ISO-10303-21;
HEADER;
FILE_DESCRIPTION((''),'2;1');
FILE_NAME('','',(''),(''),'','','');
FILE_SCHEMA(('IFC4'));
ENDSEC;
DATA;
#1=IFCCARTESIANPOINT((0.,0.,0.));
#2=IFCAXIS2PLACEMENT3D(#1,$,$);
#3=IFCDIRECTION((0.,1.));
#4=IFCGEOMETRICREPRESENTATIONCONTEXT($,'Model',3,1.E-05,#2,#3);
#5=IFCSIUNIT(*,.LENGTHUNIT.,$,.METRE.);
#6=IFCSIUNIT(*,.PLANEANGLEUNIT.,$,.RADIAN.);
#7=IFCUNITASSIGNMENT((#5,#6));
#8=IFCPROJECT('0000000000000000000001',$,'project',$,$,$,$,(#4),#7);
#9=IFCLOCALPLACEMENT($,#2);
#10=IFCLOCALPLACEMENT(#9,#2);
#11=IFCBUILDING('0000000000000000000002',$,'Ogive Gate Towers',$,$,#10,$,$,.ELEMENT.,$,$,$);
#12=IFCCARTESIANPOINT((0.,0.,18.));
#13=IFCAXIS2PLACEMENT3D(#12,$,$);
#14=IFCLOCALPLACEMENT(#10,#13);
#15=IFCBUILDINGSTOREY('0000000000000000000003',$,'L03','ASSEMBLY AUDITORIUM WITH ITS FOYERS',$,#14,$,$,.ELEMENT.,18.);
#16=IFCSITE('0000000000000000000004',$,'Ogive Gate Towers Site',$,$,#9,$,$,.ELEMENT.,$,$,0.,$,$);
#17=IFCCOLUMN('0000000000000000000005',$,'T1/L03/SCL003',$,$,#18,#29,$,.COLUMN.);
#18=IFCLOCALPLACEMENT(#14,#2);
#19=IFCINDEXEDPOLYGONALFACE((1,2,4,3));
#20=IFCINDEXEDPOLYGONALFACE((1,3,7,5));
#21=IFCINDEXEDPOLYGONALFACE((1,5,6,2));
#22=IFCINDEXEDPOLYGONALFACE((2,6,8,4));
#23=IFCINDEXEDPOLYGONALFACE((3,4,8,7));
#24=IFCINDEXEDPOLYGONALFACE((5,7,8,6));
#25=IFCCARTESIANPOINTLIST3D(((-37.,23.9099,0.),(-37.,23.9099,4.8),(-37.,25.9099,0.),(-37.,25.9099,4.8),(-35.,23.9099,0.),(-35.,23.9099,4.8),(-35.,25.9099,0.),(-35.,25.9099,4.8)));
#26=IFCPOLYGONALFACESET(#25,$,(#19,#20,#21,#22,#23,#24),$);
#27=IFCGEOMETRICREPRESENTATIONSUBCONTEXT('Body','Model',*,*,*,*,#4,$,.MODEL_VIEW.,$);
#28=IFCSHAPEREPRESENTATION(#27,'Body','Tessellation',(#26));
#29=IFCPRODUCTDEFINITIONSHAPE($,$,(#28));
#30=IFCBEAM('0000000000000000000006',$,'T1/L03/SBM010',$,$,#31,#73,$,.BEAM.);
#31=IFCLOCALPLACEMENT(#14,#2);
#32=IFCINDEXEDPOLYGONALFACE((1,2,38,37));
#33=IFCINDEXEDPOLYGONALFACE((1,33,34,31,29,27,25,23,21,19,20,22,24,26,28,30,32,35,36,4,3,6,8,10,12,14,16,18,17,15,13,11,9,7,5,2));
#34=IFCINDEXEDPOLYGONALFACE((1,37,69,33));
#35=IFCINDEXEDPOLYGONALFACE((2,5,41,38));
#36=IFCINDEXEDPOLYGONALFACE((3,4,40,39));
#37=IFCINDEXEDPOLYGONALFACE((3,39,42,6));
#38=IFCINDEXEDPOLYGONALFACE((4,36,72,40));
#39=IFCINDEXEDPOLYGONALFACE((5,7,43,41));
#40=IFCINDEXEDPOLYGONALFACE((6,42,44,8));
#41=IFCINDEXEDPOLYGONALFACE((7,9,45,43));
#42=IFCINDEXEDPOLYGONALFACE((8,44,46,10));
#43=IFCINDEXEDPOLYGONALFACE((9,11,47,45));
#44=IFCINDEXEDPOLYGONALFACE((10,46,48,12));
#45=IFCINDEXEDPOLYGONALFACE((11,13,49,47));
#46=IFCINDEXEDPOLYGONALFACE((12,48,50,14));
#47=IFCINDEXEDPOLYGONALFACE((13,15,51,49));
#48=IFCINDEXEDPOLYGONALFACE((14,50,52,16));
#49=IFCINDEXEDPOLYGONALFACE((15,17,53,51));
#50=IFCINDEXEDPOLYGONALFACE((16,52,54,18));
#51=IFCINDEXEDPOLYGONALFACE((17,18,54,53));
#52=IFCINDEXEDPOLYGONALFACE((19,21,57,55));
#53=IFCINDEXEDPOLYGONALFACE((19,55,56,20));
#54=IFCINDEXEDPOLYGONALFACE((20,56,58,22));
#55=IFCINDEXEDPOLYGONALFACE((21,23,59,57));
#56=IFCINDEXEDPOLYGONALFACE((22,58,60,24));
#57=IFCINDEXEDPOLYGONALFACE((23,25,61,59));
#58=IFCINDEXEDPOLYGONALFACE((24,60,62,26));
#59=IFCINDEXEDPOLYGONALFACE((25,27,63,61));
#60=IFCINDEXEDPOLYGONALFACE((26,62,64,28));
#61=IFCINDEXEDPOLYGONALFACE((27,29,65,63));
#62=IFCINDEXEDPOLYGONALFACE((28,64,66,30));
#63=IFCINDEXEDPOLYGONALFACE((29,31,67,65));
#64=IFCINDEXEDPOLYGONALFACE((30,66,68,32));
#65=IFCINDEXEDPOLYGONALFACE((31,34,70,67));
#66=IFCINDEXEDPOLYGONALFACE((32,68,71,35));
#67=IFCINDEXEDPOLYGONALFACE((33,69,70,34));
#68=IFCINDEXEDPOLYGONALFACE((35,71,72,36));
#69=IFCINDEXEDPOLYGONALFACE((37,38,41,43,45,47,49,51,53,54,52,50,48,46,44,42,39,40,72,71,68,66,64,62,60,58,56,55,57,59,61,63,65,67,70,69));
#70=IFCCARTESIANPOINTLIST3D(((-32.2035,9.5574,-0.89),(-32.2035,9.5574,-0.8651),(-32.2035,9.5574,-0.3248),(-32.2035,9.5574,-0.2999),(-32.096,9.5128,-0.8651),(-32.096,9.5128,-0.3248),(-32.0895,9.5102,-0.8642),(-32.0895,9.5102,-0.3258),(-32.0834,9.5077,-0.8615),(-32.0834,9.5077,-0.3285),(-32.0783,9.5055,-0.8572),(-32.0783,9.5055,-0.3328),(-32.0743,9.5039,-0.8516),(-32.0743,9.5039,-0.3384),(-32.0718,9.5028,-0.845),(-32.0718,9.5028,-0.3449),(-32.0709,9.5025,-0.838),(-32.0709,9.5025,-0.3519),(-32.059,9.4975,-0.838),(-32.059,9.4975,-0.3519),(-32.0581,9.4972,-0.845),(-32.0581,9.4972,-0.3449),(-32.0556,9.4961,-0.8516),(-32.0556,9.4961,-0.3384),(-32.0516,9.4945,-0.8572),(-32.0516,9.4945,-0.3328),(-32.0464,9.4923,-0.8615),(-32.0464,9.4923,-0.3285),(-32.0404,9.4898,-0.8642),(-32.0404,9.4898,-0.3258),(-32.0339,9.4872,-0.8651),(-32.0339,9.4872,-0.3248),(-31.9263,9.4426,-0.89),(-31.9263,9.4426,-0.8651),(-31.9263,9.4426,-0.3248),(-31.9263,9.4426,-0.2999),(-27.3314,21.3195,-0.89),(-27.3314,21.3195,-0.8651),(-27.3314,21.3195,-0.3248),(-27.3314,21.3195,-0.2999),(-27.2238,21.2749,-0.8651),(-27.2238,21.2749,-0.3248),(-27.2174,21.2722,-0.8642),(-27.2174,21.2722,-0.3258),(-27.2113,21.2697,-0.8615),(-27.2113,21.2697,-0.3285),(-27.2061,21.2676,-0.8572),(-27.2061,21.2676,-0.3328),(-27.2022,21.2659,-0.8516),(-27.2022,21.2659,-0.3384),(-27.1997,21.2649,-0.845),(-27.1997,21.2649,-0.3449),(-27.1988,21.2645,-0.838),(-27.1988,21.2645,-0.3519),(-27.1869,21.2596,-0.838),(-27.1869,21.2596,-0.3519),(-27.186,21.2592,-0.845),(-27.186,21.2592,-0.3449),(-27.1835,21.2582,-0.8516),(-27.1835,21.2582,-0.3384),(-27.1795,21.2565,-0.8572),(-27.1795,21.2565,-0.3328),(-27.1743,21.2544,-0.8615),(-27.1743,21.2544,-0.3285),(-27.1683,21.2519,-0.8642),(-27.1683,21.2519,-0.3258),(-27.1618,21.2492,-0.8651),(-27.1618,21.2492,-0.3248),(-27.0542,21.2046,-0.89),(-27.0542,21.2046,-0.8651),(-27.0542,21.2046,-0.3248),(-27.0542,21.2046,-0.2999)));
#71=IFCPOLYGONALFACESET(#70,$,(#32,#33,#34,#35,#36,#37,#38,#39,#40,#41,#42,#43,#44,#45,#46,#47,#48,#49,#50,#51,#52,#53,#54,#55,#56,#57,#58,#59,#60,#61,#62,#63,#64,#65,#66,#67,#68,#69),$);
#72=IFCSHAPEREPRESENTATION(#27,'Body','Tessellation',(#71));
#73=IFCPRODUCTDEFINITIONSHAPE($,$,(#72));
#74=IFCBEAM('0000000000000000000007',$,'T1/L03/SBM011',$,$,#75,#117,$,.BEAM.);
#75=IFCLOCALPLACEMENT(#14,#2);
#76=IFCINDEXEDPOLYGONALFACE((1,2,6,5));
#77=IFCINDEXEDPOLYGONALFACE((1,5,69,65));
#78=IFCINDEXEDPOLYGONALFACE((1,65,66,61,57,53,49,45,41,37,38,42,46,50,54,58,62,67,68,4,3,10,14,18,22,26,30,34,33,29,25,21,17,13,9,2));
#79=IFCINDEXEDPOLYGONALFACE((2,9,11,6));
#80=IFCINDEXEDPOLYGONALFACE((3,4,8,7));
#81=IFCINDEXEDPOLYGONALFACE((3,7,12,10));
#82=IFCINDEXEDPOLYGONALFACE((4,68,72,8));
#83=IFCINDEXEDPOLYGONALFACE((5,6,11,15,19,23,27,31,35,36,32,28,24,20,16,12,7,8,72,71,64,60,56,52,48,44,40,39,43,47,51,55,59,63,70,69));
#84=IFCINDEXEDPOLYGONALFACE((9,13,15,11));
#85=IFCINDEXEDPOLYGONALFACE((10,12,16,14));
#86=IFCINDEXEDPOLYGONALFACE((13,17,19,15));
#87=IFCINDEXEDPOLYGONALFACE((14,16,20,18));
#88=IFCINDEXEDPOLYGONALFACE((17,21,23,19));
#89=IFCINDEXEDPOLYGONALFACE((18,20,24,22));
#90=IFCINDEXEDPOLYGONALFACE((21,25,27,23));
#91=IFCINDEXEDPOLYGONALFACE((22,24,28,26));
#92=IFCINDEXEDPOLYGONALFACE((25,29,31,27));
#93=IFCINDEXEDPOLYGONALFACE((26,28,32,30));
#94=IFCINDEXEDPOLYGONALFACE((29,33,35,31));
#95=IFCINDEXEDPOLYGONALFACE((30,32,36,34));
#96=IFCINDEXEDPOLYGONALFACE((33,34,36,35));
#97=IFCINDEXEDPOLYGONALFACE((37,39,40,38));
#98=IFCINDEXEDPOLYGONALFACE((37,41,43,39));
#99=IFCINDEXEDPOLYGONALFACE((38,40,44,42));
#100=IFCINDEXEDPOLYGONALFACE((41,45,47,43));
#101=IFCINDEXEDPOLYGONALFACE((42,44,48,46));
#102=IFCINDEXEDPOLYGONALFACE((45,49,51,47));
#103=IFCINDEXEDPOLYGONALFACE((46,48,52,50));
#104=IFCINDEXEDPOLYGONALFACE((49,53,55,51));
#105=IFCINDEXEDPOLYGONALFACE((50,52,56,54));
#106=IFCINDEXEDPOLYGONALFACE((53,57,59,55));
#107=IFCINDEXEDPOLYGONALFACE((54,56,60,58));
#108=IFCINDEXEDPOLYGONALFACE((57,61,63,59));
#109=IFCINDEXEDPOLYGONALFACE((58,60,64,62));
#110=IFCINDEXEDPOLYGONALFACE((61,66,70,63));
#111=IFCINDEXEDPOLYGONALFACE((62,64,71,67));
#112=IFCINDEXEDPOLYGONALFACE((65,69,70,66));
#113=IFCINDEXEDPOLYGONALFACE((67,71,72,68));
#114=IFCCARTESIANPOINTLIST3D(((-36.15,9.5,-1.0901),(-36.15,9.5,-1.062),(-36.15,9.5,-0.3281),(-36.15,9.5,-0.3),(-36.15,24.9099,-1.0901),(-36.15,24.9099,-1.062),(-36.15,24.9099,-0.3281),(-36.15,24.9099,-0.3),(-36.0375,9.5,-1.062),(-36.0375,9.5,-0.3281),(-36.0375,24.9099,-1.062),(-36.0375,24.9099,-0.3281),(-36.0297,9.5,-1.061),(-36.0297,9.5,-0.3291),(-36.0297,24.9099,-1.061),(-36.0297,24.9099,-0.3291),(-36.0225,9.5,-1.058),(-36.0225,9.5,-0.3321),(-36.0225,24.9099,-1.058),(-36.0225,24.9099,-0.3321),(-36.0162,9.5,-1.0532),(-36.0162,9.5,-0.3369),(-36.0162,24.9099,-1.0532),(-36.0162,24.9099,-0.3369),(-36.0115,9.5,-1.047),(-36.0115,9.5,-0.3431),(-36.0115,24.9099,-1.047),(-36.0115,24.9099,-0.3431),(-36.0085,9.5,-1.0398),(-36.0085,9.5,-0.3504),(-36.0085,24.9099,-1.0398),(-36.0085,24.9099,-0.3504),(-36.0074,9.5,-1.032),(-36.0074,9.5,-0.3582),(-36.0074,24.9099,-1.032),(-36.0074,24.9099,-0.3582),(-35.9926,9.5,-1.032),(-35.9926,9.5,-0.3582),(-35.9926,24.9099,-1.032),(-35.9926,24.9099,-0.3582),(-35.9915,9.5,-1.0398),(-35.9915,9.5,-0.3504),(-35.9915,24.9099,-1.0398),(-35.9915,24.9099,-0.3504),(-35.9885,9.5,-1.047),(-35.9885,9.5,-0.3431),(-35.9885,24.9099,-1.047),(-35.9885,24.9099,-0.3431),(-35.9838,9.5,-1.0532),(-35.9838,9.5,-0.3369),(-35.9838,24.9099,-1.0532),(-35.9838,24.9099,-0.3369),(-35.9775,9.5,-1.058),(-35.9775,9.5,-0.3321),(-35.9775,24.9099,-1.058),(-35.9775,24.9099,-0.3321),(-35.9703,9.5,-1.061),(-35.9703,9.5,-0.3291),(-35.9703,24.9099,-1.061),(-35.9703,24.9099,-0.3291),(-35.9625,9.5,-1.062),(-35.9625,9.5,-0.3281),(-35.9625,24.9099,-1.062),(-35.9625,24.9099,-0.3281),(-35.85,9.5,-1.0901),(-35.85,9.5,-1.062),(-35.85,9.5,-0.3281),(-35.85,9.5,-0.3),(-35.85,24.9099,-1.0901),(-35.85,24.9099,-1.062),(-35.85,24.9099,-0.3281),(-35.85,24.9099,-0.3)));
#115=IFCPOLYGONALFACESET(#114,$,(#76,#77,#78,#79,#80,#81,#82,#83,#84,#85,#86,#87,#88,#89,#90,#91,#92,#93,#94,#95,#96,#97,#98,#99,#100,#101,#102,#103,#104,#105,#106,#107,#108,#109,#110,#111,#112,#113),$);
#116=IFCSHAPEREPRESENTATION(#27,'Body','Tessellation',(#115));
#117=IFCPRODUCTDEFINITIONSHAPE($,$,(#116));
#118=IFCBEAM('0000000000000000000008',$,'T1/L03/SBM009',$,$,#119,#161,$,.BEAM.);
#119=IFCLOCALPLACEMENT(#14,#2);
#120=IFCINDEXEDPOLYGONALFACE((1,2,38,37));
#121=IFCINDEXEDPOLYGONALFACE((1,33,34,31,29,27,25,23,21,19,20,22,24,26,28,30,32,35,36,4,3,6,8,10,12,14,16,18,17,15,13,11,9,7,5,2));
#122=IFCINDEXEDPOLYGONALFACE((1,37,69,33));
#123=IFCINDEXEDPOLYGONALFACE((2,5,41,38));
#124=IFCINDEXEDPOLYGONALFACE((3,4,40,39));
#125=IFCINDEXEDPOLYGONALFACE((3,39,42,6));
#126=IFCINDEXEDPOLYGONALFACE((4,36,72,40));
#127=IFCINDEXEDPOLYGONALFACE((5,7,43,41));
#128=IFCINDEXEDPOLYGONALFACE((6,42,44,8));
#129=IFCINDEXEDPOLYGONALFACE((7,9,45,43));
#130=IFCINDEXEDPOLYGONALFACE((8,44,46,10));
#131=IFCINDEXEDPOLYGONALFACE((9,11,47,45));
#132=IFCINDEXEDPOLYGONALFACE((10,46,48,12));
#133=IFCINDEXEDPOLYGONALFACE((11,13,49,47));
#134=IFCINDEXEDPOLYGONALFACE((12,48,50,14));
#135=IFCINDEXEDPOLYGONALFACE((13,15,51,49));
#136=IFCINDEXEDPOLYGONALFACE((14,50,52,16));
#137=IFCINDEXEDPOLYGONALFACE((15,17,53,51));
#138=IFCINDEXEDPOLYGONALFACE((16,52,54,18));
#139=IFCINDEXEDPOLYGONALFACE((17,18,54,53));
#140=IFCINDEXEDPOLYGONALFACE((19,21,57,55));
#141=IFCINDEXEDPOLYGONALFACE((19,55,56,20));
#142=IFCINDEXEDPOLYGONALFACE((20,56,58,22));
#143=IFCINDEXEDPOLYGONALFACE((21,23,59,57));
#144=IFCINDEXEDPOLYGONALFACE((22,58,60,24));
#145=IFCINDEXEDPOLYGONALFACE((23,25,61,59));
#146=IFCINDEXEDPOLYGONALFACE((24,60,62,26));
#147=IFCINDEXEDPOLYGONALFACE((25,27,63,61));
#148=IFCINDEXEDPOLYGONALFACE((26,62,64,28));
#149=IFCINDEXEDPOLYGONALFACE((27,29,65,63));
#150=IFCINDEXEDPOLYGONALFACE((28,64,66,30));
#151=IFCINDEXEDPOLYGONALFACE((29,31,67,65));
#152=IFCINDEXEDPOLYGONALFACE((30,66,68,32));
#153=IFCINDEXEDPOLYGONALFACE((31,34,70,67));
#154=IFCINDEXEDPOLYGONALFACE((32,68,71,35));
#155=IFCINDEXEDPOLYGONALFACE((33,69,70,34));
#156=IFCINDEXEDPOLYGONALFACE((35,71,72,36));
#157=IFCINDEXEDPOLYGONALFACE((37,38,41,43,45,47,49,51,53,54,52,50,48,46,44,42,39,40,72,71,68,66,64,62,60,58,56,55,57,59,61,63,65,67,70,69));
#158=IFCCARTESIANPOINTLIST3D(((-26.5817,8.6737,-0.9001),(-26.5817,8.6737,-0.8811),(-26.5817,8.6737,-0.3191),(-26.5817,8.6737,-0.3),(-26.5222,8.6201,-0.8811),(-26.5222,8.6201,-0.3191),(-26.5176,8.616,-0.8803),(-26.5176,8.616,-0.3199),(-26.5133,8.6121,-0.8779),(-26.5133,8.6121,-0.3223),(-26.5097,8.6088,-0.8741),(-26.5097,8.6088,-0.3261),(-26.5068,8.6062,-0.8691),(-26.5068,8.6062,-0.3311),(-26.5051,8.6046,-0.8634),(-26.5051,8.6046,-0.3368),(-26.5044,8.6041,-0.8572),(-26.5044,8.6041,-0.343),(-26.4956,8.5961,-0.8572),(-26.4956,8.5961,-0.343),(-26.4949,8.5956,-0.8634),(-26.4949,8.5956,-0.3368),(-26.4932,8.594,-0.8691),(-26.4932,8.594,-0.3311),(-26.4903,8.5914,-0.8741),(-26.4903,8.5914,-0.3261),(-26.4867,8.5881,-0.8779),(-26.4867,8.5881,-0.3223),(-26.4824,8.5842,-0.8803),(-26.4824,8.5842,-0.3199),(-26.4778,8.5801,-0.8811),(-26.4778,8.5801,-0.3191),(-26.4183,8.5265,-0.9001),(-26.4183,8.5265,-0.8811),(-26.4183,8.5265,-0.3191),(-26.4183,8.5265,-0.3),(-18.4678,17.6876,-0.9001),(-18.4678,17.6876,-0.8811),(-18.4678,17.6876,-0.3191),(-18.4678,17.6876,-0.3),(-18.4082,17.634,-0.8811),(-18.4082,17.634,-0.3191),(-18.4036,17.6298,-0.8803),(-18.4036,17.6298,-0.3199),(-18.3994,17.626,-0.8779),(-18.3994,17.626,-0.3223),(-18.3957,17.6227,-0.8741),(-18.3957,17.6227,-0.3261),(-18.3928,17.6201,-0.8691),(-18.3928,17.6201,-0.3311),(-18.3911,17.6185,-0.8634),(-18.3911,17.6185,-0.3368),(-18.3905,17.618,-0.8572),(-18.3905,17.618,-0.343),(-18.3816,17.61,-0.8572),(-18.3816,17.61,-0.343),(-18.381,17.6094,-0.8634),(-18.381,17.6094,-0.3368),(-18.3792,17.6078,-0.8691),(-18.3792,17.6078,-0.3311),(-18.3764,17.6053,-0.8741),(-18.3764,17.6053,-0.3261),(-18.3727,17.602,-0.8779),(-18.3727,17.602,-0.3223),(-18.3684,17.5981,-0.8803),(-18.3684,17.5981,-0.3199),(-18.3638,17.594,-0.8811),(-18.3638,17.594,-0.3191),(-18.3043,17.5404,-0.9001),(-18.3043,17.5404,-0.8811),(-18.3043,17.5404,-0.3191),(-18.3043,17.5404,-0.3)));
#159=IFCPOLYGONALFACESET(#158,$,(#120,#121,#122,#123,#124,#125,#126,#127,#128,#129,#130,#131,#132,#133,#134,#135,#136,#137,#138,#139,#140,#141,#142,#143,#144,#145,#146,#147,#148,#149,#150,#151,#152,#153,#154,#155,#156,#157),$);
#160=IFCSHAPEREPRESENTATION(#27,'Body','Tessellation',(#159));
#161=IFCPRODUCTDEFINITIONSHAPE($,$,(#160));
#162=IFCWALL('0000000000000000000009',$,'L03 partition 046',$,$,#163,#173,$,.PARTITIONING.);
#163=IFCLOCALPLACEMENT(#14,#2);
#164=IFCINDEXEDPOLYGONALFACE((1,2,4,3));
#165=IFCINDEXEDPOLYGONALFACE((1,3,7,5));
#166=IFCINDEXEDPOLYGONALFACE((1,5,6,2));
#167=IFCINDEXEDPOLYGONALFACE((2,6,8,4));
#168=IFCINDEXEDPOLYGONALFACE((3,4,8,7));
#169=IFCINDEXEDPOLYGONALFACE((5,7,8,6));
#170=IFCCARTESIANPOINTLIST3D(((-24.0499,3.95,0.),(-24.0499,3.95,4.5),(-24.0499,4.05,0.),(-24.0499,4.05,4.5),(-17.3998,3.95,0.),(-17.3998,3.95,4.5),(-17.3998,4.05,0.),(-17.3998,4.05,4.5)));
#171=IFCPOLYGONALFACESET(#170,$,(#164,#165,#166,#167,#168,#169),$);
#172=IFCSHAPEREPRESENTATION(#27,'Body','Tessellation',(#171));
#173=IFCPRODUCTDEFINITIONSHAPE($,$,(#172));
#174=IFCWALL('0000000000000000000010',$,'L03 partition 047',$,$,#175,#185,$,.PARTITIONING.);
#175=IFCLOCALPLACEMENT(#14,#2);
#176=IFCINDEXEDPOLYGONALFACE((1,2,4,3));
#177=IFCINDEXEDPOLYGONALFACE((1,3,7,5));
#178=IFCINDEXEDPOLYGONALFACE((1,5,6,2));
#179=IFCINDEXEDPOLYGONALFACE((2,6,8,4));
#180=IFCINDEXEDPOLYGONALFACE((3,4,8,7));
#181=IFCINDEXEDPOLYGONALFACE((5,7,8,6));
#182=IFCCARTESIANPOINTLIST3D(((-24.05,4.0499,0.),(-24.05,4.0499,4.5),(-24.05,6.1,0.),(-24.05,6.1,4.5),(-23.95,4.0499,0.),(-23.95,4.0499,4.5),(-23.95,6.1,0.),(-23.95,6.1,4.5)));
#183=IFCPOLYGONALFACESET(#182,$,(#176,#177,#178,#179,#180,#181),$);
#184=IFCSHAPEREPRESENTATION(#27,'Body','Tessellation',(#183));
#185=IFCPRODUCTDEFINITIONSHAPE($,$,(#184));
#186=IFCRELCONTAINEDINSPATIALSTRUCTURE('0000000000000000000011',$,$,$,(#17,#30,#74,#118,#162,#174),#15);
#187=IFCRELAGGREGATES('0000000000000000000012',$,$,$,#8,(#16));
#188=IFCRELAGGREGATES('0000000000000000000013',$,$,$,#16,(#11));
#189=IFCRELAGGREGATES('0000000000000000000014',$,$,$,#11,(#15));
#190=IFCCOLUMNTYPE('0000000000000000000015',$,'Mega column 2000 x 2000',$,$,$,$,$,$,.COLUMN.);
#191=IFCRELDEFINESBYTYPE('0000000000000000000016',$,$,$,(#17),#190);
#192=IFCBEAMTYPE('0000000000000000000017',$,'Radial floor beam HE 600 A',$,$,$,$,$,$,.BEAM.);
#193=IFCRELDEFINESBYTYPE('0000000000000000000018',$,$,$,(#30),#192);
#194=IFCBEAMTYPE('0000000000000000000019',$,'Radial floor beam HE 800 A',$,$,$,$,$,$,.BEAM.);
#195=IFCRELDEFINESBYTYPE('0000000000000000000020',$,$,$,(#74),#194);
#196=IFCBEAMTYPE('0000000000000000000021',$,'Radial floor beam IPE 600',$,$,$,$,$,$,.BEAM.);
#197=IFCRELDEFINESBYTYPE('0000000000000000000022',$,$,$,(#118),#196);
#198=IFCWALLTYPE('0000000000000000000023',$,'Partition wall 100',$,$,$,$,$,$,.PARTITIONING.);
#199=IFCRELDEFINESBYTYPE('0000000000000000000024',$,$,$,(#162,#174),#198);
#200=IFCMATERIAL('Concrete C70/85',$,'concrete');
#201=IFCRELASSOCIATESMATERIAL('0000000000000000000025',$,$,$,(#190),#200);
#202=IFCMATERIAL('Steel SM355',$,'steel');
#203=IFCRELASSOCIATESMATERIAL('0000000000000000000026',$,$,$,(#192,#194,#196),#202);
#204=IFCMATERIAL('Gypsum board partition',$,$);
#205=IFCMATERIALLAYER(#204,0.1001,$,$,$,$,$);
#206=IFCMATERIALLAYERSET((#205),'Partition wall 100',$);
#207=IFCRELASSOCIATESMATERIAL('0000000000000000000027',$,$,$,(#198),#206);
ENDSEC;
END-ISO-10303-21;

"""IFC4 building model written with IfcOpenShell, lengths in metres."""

from ifc_helpers import new_model, si_unit, direction, frame, frame_2d, origin, origin_2d, place, context, subcontext, project, spatial, rectangle, i_section, extrude, material, layer, layer_set, material_profile, profile_set, type_object, element, save


model = new_model("IFC4")

# Units and contexts
model_context = context("Model", 3, precision=1e-05, world=origin(), true_north=direction((0.0, 1.0)))
body_context = subcontext(model_context, "Body", "Model", "MODEL_VIEW")
ifc_project = project(units=[si_unit("LENGTHUNIT", "METRE"), si_unit("PLANEANGLEUNIT", "RADIAN")], contexts=[model_context])

# Site, building, storey
site_placement = place(None, origin())
site = spatial("IfcSite", under=ifc_project, at=site_placement, Name="Ogive Gate Towers Site", CompositionType="ELEMENT", RefElevation=0.0)
building_placement = place(site_placement, origin())
building = spatial("IfcBuilding", under=site, at=building_placement, Name="Ogive Gate Towers", CompositionType="ELEMENT")
storey_placement = place(building_placement, frame((0.0, 0.0, 18.0)))
storey = spatial("IfcBuildingStorey", under=building, at=storey_placement, Name="L03", Description="ASSEMBLY AUDITORIUM WITH ITS FOYERS", CompositionType="ELEMENT", Elevation=18.0)

# Column
ifc_material_1 = material(Name="Concrete C70/85", Category="concrete")
ifc_material_profile_1 = material_profile(ifc_material_1, rectangle(XDim=2.0, YDim=2.0, at=origin_2d()), Name="RC 2000x2000")
ifc_profile_set_1 = profile_set([ifc_material_profile_1], Name="Concrete C70/85")
column_type = type_object("IfcColumnType", Name="Mega column 2000 x 2000", PredefinedType="COLUMN", material=ifc_profile_set_1)
column_placement = place(storey_placement, frame((-36.0, 24.9099, 0.0), z_axis=(0.0, 0.0, 1.0), x_axis=(0.0, 1.0, 0.0)))
element("IfcColumn", 1, at=column_placement, inside=storey, type_object=column_type, Name="T1/L03/SCL003", PredefinedType="COLUMN", context=body_context, shape_type="SweptSolid", body=[
    extrude(rectangle(XDim=2.0, YDim=2.0, at=origin_2d()), origin(), (0.0, 0.0, 1.0), 4.8),
])

# Beams
ifc_material_2 = material(Name="Steel SM355", Category="steel")
ifc_material_profile_2 = material_profile(ifc_material_2, i_section(OverallWidth=0.3, OverallDepth=0.5901, WebThickness=0.0129, FlangeThickness=0.0249, FilletRadius=0.0271, at=origin_2d()), Name="HE 600 A")
ifc_profile_set_2 = profile_set([ifc_material_profile_2], Name="Steel SM355")
beam_type_1 = type_object("IfcBeamType", Name="Radial floor beam HE 600 A", PredefinedType="BEAM", material=ifc_profile_set_2)
beam_1_placement = place(storey_placement, frame((-32.0649, 9.5, -0.595), z_axis=(0.382691, 0.923877, 0.0), x_axis=(-0.923877, 0.382691, 0.0)))
element("IfcBeam", 2, at=beam_1_placement, inside=storey, type_object=beam_type_1, Name="T1/L03/SBM010", PredefinedType="BEAM", context=body_context, shape_type="SweptSolid", body=[
    extrude(i_section(OverallWidth=0.3, OverallDepth=0.5901, WebThickness=0.0129, FlangeThickness=0.0249, FilletRadius=0.0271, at=origin_2d()), origin(), (0.0, 0.0, 1.0), 12.7312),
])
ifc_material_profile_3 = material_profile(ifc_material_2, i_section(OverallWidth=0.3, OverallDepth=0.79, WebThickness=0.0149, FlangeThickness=0.0281, FilletRadius=0.03, at=origin_2d()), Name="HE 800 A")
ifc_profile_set_3 = profile_set([ifc_material_profile_3], Name="Steel SM355")
beam_type_2 = type_object("IfcBeamType", Name="Radial floor beam HE 800 A", PredefinedType="BEAM", material=ifc_profile_set_3)
beam_2_placement = place(storey_placement, frame((-36.0, 9.5, -0.6951), z_axis=(0.0, 1.0, 0.0), x_axis=(-1.0, 0.0, 0.0)))
element("IfcBeam", 3, at=beam_2_placement, inside=storey, type_object=beam_type_2, Name="T1/L03/SBM011", PredefinedType="BEAM", context=body_context, shape_type="SweptSolid", body=[
    extrude(i_section(OverallWidth=0.3, OverallDepth=0.79, WebThickness=0.0149, FlangeThickness=0.0281, FilletRadius=0.03, at=origin_2d()), origin(), (0.0, 0.0, 1.0), 15.4099),
])
ifc_material_profile_4 = material_profile(ifc_material_2, i_section(OverallWidth=0.22, OverallDepth=0.6001, WebThickness=0.012, FlangeThickness=0.019, FilletRadius=0.0239, at=origin_2d()), Name="IPE 600")
ifc_profile_set_4 = profile_set([ifc_material_profile_4], Name="Steel SM355")
beam_type_3 = type_object("IfcBeamType", Name="Radial floor beam IPE 600", PredefinedType="BEAM", material=ifc_profile_set_4)
beam_3_placement = place(storey_placement, frame((-26.5, 8.6001, -0.6001), z_axis=(0.669033, 0.743233, 0.0), x_axis=(-0.743233, 0.669033, 0.0)))
element("IfcBeam", 4, at=beam_3_placement, inside=storey, type_object=beam_type_3, Name="T1/L03/SBM009", PredefinedType="BEAM", context=body_context, shape_type="SweptSolid", body=[
    extrude(i_section(OverallWidth=0.22, OverallDepth=0.6001, WebThickness=0.012, FlangeThickness=0.019, FilletRadius=0.0239, at=origin_2d()), origin(), (0.0, 0.0, 1.0), 12.1279),
])

# Walls
ifc_material_3 = material(Name="Gypsum board partition")
ifc_layer_1 = layer(ifc_material_3, 0.1001)
ifc_layer_set_1 = layer_set([ifc_layer_1], Name="Partition wall 100")
wall_type_1 = type_object("IfcWallType", Name="Partition wall 100", PredefinedType="PARTITIONING", material=ifc_layer_set_1)
wall_1_placement = place(storey_placement, frame((-24.05, 4.0, 0.0), z_axis=(0.0, 0.0, 1.0), x_axis=(1.0, 0.0, 0.0)))
element("IfcWall", 5, at=wall_1_placement, inside=storey, type_object=wall_type_1, Name="L03 partition 046", PredefinedType="PARTITIONING", context=body_context, shape_type="SweptSolid", body=[
    extrude(rectangle(XDim=6.6501, YDim=0.1001, at=frame_2d((3.3252, 0.0))), origin(), (0.0, 0.0, 1.0), 4.5),
])
wall_2_placement = place(storey_placement, frame((-24.0, 4.05, 0.0), z_axis=(0.0, 0.0, 1.0), x_axis=(0.0, 1.0, 0.0)))
element("IfcWall", 6, at=wall_2_placement, inside=storey, type_object=wall_type_1, Name="L03 partition 047", PredefinedType="PARTITIONING", context=body_context, shape_type="SweptSolid", body=[
    extrude(rectangle(XDim=2.05, YDim=0.1001, at=frame_2d((1.0249, 0.0))), origin(), (0.0, 0.0, 1.0), 4.5),
])

save(model, "model.ifc")
